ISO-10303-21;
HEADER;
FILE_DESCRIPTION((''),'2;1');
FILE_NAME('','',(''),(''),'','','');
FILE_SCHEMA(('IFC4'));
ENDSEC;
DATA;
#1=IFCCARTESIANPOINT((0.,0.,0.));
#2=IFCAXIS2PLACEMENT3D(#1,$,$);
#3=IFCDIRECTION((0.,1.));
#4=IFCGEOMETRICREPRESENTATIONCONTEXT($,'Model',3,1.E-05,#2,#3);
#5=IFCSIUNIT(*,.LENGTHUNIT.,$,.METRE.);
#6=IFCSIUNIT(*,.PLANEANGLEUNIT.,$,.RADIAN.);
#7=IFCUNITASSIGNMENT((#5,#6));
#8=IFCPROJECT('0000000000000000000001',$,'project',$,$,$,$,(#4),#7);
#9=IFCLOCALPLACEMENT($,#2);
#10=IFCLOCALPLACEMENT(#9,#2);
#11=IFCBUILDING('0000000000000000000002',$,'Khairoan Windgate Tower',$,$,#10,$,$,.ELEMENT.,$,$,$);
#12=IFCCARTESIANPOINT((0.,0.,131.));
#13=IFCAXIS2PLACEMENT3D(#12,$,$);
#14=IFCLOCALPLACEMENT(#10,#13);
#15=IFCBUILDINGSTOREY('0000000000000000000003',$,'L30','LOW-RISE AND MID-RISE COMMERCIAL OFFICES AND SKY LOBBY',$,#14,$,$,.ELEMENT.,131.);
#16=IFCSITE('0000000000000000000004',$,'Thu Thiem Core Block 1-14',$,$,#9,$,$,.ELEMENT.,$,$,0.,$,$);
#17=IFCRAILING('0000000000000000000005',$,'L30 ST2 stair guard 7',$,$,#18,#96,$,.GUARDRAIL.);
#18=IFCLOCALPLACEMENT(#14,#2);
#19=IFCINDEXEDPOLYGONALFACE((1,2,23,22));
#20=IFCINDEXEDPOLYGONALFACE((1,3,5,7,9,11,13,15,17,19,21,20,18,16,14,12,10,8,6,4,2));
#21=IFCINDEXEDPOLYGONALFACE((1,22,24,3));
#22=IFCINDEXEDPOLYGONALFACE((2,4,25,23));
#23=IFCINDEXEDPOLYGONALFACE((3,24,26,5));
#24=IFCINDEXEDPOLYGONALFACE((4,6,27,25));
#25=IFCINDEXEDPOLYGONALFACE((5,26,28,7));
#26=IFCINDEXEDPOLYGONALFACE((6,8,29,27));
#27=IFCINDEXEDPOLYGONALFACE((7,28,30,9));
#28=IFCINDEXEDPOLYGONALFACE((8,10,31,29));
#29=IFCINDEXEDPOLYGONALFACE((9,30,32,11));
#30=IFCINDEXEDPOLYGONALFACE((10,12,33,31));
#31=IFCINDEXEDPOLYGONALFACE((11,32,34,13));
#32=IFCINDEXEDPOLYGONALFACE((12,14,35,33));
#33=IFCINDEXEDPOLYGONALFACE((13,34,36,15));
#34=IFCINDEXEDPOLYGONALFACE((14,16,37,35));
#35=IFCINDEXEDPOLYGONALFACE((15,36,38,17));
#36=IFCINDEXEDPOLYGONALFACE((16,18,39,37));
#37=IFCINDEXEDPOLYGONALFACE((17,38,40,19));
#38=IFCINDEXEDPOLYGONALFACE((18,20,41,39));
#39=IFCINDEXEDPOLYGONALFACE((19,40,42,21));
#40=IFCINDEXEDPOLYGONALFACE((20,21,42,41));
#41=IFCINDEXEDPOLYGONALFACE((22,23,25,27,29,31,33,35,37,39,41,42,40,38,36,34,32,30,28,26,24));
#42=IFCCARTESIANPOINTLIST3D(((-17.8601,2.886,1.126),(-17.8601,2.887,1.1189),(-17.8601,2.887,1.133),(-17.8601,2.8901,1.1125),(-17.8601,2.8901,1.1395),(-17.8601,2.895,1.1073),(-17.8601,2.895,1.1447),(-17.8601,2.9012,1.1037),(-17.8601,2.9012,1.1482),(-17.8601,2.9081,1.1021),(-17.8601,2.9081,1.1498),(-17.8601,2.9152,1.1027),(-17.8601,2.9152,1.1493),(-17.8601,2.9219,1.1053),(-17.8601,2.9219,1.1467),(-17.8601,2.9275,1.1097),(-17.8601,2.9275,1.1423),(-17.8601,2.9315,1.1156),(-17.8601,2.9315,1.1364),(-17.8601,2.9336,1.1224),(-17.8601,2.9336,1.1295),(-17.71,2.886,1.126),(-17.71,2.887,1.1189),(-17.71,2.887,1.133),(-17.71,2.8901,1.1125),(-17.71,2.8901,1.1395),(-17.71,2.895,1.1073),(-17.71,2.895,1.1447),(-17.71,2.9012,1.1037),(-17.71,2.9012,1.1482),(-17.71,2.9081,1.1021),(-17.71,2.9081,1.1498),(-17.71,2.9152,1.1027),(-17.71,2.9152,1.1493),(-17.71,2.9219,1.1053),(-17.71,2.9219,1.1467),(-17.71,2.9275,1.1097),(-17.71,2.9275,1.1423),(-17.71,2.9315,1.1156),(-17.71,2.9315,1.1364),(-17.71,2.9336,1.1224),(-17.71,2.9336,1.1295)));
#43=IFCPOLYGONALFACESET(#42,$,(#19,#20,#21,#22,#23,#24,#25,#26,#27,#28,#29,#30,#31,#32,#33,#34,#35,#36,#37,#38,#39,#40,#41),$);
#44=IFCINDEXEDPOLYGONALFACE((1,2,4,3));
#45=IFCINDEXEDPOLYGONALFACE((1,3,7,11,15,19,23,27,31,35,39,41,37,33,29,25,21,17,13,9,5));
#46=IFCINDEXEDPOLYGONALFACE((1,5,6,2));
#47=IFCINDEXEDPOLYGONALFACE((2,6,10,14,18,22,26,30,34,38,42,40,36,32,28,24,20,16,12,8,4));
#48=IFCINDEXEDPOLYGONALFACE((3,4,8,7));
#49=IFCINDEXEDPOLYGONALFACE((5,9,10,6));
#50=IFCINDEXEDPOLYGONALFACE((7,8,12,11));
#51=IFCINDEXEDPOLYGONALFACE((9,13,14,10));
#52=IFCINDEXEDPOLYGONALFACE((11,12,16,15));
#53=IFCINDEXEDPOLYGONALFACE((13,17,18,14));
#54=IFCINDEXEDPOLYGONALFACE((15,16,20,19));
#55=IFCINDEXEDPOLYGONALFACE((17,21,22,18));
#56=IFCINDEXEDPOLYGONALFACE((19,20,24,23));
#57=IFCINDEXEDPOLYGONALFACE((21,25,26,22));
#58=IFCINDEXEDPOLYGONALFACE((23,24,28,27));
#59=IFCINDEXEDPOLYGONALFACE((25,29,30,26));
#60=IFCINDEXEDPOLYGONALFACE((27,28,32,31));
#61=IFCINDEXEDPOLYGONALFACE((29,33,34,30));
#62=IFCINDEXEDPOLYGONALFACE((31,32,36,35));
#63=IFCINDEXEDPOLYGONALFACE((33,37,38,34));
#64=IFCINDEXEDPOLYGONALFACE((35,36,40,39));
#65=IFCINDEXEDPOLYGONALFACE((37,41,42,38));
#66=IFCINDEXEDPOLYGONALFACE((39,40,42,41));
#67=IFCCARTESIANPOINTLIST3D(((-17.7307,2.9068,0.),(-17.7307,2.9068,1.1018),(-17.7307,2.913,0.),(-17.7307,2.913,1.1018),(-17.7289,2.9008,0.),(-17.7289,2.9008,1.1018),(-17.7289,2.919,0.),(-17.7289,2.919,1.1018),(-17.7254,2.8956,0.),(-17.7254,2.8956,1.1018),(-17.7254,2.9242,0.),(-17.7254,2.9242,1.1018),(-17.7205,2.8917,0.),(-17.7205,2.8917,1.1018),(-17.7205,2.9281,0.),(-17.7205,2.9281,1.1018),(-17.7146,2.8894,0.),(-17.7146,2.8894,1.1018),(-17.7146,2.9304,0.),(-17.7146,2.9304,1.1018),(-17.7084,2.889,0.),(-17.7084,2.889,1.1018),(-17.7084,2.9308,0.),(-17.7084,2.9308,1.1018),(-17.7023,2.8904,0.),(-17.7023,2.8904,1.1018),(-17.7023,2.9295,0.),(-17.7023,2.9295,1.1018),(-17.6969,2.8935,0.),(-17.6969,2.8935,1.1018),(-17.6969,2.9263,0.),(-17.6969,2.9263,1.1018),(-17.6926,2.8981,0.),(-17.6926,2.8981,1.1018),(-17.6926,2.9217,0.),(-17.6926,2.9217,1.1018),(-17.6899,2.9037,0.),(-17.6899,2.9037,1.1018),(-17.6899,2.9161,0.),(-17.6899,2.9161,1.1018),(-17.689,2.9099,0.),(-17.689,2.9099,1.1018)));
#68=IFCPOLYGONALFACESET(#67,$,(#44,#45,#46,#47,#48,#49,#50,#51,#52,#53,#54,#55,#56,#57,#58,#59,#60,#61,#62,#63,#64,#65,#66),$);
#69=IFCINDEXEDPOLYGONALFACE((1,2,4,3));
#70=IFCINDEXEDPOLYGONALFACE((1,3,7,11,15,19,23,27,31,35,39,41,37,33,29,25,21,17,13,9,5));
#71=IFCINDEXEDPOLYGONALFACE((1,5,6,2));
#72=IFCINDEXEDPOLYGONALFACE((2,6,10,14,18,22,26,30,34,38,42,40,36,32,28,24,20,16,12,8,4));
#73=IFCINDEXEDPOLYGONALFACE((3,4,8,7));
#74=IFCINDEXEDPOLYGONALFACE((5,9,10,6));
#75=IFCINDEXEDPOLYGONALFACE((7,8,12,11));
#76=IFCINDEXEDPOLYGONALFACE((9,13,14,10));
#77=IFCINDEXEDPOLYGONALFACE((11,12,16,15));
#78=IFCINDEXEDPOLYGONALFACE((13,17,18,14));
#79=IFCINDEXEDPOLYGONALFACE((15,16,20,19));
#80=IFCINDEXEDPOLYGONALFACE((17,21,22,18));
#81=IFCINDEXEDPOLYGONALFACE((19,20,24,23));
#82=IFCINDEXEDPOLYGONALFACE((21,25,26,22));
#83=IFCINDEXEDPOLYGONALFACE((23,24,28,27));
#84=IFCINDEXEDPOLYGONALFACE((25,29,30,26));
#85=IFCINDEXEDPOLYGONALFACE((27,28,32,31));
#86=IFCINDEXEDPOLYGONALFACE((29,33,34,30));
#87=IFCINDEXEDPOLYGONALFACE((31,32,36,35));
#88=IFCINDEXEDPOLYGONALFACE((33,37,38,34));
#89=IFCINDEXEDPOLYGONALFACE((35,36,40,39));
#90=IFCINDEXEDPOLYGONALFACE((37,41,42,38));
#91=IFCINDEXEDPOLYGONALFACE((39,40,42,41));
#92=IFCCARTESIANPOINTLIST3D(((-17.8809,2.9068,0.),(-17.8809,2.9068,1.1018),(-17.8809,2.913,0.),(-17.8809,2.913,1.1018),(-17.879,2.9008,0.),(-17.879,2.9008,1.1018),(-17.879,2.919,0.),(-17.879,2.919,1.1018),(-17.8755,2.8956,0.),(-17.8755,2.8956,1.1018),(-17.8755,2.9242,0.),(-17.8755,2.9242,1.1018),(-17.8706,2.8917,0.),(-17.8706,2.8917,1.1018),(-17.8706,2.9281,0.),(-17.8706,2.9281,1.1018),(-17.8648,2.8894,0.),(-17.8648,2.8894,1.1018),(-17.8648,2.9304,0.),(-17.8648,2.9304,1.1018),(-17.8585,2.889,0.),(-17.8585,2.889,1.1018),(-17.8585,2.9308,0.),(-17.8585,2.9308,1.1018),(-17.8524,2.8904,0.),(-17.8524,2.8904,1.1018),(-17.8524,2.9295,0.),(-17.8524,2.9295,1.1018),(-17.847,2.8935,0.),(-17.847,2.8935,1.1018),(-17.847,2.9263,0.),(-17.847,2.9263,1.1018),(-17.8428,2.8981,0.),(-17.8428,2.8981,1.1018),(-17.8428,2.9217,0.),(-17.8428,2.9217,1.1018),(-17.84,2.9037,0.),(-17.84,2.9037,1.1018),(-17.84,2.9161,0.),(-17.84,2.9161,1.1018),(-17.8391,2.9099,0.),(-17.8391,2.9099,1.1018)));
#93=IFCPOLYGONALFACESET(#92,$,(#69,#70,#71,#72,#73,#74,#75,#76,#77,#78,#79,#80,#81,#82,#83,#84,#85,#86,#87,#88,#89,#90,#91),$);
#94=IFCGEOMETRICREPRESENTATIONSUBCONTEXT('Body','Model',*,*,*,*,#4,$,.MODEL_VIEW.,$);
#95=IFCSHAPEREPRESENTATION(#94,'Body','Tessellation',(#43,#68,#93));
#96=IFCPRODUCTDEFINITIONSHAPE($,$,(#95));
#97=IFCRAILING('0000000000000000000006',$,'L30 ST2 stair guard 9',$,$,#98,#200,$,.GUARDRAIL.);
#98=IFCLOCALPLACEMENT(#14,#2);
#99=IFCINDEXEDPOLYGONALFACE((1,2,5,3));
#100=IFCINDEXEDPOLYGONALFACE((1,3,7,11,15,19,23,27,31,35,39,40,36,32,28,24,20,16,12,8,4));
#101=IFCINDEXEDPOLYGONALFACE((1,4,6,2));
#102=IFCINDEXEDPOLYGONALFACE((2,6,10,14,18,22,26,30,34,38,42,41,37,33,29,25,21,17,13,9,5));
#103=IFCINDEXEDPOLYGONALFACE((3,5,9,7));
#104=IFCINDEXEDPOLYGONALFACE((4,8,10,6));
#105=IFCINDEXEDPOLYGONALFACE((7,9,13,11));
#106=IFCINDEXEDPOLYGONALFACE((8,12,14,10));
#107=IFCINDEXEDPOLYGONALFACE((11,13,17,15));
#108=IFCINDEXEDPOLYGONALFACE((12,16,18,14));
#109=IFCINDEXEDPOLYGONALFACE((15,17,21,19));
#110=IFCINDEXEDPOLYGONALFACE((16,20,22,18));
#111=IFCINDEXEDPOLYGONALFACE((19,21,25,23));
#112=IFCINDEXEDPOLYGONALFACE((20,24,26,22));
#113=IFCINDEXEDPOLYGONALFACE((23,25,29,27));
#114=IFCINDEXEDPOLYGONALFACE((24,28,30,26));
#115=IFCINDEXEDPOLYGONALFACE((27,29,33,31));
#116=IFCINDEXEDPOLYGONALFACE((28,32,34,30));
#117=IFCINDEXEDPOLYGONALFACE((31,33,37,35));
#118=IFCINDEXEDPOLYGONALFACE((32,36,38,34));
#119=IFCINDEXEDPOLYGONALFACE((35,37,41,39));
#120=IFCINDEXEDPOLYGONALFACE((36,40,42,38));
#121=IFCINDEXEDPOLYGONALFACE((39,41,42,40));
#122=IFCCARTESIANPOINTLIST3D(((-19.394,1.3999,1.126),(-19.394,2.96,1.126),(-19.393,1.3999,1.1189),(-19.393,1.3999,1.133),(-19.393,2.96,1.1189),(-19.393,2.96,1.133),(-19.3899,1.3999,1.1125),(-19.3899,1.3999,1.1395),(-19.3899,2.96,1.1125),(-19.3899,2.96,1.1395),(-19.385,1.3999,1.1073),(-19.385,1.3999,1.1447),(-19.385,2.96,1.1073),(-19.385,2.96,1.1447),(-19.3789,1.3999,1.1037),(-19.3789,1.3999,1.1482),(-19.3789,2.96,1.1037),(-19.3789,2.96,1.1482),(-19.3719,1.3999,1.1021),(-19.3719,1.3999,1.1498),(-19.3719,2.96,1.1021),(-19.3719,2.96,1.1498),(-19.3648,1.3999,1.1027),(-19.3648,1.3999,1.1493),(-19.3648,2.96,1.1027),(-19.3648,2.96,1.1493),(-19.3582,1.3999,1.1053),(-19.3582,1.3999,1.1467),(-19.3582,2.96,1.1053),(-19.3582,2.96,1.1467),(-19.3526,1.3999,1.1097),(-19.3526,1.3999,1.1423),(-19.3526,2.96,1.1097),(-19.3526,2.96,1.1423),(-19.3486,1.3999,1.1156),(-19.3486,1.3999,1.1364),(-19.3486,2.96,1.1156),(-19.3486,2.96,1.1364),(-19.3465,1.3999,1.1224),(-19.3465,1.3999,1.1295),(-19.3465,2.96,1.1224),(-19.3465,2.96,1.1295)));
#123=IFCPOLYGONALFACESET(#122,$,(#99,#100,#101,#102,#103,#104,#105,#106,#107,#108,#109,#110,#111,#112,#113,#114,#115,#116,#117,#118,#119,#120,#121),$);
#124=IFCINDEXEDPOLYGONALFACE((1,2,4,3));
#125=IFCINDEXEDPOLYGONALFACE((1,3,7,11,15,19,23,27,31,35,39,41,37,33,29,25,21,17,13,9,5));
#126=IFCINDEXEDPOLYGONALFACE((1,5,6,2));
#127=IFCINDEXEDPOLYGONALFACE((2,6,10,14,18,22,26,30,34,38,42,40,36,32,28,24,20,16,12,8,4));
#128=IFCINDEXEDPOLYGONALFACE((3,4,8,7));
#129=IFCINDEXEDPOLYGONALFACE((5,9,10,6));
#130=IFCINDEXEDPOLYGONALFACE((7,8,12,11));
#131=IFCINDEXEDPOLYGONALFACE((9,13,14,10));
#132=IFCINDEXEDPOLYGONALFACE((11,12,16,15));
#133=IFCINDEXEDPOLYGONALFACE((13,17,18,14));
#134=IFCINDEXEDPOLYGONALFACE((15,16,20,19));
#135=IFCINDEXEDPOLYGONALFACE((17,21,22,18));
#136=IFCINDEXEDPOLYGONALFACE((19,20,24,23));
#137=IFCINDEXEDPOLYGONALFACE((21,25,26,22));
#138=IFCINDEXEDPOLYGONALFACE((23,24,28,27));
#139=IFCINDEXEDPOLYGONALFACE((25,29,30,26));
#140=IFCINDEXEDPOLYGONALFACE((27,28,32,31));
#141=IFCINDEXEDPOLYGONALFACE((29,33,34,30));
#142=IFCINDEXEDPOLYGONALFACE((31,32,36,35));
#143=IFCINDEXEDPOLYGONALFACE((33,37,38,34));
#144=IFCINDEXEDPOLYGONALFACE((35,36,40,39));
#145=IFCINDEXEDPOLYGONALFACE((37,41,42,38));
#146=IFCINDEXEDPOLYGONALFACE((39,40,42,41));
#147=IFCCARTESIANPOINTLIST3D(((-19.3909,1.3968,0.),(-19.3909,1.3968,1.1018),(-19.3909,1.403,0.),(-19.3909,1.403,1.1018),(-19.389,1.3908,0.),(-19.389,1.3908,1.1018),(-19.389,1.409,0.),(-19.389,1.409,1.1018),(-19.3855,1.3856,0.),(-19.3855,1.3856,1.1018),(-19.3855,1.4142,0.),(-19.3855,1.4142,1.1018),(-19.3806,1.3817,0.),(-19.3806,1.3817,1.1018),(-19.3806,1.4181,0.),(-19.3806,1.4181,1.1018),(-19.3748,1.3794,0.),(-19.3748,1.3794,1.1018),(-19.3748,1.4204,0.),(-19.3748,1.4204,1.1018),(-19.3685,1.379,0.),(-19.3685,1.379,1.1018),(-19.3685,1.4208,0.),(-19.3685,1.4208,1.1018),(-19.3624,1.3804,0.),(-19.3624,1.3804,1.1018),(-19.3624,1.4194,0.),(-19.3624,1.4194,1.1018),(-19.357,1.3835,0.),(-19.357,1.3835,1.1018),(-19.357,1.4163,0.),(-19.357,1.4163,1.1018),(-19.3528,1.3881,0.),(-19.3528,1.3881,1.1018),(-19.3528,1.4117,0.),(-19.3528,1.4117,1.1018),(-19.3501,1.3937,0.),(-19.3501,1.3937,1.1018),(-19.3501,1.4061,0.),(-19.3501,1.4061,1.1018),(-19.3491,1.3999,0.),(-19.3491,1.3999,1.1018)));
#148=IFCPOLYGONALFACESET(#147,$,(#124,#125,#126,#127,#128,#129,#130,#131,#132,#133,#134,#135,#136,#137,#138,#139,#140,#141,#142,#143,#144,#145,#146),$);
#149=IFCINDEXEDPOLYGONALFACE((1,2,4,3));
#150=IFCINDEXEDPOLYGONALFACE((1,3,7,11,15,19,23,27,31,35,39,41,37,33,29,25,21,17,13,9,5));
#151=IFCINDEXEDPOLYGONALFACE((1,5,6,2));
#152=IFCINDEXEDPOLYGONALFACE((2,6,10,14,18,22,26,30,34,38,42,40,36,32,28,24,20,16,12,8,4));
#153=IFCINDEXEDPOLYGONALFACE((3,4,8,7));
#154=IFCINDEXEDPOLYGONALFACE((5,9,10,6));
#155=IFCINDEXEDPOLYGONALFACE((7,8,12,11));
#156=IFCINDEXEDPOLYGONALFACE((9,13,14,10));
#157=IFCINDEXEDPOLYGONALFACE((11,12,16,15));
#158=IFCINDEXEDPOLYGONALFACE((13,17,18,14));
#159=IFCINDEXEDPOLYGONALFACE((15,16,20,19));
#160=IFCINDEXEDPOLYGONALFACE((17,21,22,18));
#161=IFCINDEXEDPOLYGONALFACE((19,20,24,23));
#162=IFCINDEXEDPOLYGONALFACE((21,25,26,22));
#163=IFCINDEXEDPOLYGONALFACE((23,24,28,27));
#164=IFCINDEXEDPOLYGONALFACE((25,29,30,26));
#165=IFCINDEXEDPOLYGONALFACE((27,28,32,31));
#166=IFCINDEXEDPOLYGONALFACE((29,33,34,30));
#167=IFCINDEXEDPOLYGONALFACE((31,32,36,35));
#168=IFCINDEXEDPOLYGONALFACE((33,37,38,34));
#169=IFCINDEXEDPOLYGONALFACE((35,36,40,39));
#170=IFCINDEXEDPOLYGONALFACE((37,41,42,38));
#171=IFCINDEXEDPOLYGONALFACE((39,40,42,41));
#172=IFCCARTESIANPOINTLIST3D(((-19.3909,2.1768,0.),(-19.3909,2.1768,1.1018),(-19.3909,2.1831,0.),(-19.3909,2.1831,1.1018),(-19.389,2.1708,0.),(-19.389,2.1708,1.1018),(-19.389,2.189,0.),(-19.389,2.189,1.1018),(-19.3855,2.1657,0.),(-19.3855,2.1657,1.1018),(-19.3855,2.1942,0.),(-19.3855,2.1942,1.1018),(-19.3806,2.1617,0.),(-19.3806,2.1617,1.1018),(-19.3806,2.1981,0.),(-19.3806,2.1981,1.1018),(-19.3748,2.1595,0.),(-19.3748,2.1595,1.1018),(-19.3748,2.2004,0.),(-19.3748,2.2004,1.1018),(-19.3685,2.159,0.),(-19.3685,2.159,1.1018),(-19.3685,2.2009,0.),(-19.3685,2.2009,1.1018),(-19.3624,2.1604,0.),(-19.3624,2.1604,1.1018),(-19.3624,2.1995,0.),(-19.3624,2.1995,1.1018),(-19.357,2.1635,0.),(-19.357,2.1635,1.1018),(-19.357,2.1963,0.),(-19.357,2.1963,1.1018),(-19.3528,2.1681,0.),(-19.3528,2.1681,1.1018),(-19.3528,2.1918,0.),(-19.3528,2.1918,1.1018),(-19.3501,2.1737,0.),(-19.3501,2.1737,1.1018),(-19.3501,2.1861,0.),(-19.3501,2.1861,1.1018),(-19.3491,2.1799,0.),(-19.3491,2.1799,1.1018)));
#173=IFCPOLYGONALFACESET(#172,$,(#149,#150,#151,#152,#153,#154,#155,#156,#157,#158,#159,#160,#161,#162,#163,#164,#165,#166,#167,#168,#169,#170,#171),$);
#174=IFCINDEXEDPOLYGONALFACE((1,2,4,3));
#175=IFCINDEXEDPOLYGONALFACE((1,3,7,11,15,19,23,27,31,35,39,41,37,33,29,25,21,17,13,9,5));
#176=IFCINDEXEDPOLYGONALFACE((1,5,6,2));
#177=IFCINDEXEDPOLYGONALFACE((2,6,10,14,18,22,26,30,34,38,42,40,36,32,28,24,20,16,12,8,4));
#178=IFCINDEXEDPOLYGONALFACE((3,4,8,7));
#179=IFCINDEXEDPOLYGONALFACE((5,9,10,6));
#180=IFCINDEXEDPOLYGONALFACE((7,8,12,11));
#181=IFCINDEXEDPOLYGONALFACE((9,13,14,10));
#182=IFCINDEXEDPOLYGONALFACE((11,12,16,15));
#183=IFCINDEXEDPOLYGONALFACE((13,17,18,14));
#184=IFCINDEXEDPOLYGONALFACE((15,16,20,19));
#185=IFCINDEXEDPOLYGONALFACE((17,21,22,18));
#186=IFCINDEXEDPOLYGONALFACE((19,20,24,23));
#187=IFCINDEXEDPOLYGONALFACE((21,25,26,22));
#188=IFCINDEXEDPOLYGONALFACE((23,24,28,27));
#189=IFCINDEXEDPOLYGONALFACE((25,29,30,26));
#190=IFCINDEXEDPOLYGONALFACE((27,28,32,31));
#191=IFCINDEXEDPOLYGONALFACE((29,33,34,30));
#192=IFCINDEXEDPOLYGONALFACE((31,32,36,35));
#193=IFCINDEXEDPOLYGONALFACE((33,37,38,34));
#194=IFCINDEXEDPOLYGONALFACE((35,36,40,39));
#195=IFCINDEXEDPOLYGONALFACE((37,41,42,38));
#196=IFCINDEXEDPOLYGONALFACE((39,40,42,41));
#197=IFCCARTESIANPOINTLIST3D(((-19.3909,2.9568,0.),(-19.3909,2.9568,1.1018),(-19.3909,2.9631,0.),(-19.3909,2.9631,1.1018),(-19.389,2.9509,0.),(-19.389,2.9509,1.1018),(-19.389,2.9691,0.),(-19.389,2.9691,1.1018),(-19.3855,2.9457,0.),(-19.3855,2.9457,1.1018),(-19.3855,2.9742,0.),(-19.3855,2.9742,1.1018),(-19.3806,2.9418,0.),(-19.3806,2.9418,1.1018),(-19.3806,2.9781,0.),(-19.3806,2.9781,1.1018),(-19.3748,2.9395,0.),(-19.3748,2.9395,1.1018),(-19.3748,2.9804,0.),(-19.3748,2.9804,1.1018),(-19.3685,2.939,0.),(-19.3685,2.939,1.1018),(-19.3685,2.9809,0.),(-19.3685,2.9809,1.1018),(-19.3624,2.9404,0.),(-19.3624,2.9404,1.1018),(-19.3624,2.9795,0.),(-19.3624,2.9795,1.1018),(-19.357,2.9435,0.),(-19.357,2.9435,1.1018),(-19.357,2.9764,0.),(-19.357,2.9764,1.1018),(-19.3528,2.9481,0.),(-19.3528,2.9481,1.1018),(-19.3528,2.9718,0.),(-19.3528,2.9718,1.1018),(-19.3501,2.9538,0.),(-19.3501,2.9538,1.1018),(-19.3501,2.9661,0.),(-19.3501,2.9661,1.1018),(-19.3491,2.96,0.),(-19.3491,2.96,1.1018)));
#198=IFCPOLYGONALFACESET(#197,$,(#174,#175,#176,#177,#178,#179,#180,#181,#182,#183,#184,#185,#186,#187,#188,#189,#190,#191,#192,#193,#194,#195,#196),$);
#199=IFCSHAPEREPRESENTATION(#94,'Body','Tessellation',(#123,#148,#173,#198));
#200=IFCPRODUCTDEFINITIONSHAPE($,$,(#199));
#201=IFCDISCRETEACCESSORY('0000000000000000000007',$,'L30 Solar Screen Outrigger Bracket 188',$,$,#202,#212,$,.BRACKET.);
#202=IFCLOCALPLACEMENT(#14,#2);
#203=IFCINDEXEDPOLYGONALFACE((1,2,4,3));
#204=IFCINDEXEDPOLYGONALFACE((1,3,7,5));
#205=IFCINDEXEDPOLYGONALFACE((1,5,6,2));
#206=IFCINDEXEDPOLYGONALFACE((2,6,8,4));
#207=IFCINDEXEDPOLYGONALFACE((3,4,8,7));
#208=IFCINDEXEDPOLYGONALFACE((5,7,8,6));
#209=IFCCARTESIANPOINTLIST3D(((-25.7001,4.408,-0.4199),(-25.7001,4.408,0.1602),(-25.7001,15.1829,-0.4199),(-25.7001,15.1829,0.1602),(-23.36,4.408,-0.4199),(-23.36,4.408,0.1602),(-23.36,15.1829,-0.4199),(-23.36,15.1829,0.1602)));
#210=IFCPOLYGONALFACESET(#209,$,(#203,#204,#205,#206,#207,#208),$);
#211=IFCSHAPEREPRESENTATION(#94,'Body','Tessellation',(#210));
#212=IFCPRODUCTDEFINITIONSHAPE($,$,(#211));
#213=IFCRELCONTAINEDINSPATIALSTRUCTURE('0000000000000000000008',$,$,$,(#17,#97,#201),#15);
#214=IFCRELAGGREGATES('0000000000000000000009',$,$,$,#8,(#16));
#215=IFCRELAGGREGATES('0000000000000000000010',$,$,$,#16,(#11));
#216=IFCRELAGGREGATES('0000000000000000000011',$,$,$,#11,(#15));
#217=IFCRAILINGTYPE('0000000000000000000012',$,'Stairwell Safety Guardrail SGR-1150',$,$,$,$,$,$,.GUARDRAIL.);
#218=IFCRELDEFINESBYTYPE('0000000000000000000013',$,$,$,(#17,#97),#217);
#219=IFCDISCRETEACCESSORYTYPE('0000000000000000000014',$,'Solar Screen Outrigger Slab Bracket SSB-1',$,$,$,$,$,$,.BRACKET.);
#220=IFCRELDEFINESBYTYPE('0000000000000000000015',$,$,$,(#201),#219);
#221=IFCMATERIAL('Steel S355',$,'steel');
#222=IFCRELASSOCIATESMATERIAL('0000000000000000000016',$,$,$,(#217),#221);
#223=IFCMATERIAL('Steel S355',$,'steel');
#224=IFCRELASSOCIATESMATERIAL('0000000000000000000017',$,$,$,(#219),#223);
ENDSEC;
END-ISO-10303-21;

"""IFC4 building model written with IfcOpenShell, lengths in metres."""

from ifc_helpers import new_model, si_unit, direction, frame, origin, origin_2d, place, context, subcontext, project, spatial, rectangle, circle, extrude, material, type_object, element, save


model = new_model("IFC4")

# Units and contexts
model_context = context("Model", 3, precision=1e-05, world=origin(), true_north=direction((0.0, 1.0)))
body_context = subcontext(model_context, "Body", "Model", "MODEL_VIEW")
ifc_project = project(units=[si_unit("LENGTHUNIT", "METRE"), si_unit("PLANEANGLEUNIT", "RADIAN")], contexts=[model_context])

# Site, building, storey
site_placement = place(None, origin())
site = spatial("IfcSite", under=ifc_project, at=site_placement, Name="Thu Thiem Core Block 1-14", CompositionType="ELEMENT", RefElevation=0.0)
building_placement = place(site_placement, origin())
building = spatial("IfcBuilding", under=site, at=building_placement, Name="Khairoan Windgate Tower", CompositionType="ELEMENT")
storey_placement = place(building_placement, frame((0.0, 0.0, 131.0)))
storey = spatial("IfcBuildingStorey", under=building, at=storey_placement, Name="L30", Description="LOW-RISE AND MID-RISE COMMERCIAL OFFICES AND SKY LOBBY", CompositionType="ELEMENT", Elevation=131.0)

# Railings
ifc_material_1 = material(Name="Steel S355", Category="steel")
railing_type_1 = type_object("IfcRailingType", Name="Stairwell Safety Guardrail SGR-1150", PredefinedType="GUARDRAIL", material=ifc_material_1)
railing_1_placement = place(storey_placement, frame((-17.71, 2.9099, 0.0)))
element("IfcRailing", 1, at=railing_1_placement, inside=storey, type_object=railing_type_1, Name="L30 ST2 stair guard 7", PredefinedType="GUARDRAIL", context=body_context, shape_type="SweptSolid", body=[
    extrude(circle(Radius=0.0239, at=origin_2d()), frame((0.0, 0.0, 1.126), z_axis=(-1.0, 0.0, 0.0), x_axis=(0.0, -1.0, 0.0)), (0.0, 0.0, 1.0), 0.1501),
    extrude(circle(Radius=0.021, at=origin_2d()), origin(), (0.0, 0.0, 1.0), 1.1018),
    extrude(circle(Radius=0.021, at=origin_2d()), frame((-0.1501, 0.0, 0.0)), (0.0, 0.0, 1.0), 1.1018),
])
railing_2_placement = place(storey_placement, frame((-19.3701, 1.3999, 0.0)))
element("IfcRailing", 2, at=railing_2_placement, inside=storey, type_object=railing_type_1, Name="L30 ST2 stair guard 9", PredefinedType="GUARDRAIL", context=body_context, shape_type="SweptSolid", body=[
    extrude(circle(Radius=0.0239, at=origin_2d()), frame((0.0, 0.0, 1.126), z_axis=(0.0, 1.0, 0.0), x_axis=(-1.0, 0.0, 0.0)), (0.0, 0.0, 1.0), 1.5601),
    extrude(circle(Radius=0.021, at=origin_2d()), origin(), (0.0, 0.0, 1.0), 1.1018),
    extrude(circle(Radius=0.021, at=origin_2d()), frame((0.0, 0.78, 0.0)), (0.0, 0.0, 1.0), 1.1018),
    extrude(circle(Radius=0.021, at=origin_2d()), frame((0.0, 1.5601, 0.0)), (0.0, 0.0, 1.0), 1.1018),
])

# Discrete accessory
ifc_material_2 = material(Name="Steel S355", Category="steel")
discrete_accessory_type = type_object("IfcDiscreteAccessoryType", Name="Solar Screen Outrigger Slab Bracket SSB-1", PredefinedType="BRACKET", material=ifc_material_2)
discrete_accessory_placement = place(storey_placement, frame((-24.53, 9.7954, -0.4199), z_axis=(0.0, 0.0, 1.0), x_axis=(0.0, 1.0, 0.0)))
element("IfcDiscreteAccessory", 3, at=discrete_accessory_placement, inside=storey, type_object=discrete_accessory_type, Name="L30 Solar Screen Outrigger Bracket 188", PredefinedType="BRACKET", context=body_context, shape_type="SweptSolid", body=[
    extrude(rectangle(XDim=10.7749, YDim=2.3401, at=origin_2d()), origin(), (0.0, 0.0, 1.0), 0.5801),
])

save(model, "model.ifc")
